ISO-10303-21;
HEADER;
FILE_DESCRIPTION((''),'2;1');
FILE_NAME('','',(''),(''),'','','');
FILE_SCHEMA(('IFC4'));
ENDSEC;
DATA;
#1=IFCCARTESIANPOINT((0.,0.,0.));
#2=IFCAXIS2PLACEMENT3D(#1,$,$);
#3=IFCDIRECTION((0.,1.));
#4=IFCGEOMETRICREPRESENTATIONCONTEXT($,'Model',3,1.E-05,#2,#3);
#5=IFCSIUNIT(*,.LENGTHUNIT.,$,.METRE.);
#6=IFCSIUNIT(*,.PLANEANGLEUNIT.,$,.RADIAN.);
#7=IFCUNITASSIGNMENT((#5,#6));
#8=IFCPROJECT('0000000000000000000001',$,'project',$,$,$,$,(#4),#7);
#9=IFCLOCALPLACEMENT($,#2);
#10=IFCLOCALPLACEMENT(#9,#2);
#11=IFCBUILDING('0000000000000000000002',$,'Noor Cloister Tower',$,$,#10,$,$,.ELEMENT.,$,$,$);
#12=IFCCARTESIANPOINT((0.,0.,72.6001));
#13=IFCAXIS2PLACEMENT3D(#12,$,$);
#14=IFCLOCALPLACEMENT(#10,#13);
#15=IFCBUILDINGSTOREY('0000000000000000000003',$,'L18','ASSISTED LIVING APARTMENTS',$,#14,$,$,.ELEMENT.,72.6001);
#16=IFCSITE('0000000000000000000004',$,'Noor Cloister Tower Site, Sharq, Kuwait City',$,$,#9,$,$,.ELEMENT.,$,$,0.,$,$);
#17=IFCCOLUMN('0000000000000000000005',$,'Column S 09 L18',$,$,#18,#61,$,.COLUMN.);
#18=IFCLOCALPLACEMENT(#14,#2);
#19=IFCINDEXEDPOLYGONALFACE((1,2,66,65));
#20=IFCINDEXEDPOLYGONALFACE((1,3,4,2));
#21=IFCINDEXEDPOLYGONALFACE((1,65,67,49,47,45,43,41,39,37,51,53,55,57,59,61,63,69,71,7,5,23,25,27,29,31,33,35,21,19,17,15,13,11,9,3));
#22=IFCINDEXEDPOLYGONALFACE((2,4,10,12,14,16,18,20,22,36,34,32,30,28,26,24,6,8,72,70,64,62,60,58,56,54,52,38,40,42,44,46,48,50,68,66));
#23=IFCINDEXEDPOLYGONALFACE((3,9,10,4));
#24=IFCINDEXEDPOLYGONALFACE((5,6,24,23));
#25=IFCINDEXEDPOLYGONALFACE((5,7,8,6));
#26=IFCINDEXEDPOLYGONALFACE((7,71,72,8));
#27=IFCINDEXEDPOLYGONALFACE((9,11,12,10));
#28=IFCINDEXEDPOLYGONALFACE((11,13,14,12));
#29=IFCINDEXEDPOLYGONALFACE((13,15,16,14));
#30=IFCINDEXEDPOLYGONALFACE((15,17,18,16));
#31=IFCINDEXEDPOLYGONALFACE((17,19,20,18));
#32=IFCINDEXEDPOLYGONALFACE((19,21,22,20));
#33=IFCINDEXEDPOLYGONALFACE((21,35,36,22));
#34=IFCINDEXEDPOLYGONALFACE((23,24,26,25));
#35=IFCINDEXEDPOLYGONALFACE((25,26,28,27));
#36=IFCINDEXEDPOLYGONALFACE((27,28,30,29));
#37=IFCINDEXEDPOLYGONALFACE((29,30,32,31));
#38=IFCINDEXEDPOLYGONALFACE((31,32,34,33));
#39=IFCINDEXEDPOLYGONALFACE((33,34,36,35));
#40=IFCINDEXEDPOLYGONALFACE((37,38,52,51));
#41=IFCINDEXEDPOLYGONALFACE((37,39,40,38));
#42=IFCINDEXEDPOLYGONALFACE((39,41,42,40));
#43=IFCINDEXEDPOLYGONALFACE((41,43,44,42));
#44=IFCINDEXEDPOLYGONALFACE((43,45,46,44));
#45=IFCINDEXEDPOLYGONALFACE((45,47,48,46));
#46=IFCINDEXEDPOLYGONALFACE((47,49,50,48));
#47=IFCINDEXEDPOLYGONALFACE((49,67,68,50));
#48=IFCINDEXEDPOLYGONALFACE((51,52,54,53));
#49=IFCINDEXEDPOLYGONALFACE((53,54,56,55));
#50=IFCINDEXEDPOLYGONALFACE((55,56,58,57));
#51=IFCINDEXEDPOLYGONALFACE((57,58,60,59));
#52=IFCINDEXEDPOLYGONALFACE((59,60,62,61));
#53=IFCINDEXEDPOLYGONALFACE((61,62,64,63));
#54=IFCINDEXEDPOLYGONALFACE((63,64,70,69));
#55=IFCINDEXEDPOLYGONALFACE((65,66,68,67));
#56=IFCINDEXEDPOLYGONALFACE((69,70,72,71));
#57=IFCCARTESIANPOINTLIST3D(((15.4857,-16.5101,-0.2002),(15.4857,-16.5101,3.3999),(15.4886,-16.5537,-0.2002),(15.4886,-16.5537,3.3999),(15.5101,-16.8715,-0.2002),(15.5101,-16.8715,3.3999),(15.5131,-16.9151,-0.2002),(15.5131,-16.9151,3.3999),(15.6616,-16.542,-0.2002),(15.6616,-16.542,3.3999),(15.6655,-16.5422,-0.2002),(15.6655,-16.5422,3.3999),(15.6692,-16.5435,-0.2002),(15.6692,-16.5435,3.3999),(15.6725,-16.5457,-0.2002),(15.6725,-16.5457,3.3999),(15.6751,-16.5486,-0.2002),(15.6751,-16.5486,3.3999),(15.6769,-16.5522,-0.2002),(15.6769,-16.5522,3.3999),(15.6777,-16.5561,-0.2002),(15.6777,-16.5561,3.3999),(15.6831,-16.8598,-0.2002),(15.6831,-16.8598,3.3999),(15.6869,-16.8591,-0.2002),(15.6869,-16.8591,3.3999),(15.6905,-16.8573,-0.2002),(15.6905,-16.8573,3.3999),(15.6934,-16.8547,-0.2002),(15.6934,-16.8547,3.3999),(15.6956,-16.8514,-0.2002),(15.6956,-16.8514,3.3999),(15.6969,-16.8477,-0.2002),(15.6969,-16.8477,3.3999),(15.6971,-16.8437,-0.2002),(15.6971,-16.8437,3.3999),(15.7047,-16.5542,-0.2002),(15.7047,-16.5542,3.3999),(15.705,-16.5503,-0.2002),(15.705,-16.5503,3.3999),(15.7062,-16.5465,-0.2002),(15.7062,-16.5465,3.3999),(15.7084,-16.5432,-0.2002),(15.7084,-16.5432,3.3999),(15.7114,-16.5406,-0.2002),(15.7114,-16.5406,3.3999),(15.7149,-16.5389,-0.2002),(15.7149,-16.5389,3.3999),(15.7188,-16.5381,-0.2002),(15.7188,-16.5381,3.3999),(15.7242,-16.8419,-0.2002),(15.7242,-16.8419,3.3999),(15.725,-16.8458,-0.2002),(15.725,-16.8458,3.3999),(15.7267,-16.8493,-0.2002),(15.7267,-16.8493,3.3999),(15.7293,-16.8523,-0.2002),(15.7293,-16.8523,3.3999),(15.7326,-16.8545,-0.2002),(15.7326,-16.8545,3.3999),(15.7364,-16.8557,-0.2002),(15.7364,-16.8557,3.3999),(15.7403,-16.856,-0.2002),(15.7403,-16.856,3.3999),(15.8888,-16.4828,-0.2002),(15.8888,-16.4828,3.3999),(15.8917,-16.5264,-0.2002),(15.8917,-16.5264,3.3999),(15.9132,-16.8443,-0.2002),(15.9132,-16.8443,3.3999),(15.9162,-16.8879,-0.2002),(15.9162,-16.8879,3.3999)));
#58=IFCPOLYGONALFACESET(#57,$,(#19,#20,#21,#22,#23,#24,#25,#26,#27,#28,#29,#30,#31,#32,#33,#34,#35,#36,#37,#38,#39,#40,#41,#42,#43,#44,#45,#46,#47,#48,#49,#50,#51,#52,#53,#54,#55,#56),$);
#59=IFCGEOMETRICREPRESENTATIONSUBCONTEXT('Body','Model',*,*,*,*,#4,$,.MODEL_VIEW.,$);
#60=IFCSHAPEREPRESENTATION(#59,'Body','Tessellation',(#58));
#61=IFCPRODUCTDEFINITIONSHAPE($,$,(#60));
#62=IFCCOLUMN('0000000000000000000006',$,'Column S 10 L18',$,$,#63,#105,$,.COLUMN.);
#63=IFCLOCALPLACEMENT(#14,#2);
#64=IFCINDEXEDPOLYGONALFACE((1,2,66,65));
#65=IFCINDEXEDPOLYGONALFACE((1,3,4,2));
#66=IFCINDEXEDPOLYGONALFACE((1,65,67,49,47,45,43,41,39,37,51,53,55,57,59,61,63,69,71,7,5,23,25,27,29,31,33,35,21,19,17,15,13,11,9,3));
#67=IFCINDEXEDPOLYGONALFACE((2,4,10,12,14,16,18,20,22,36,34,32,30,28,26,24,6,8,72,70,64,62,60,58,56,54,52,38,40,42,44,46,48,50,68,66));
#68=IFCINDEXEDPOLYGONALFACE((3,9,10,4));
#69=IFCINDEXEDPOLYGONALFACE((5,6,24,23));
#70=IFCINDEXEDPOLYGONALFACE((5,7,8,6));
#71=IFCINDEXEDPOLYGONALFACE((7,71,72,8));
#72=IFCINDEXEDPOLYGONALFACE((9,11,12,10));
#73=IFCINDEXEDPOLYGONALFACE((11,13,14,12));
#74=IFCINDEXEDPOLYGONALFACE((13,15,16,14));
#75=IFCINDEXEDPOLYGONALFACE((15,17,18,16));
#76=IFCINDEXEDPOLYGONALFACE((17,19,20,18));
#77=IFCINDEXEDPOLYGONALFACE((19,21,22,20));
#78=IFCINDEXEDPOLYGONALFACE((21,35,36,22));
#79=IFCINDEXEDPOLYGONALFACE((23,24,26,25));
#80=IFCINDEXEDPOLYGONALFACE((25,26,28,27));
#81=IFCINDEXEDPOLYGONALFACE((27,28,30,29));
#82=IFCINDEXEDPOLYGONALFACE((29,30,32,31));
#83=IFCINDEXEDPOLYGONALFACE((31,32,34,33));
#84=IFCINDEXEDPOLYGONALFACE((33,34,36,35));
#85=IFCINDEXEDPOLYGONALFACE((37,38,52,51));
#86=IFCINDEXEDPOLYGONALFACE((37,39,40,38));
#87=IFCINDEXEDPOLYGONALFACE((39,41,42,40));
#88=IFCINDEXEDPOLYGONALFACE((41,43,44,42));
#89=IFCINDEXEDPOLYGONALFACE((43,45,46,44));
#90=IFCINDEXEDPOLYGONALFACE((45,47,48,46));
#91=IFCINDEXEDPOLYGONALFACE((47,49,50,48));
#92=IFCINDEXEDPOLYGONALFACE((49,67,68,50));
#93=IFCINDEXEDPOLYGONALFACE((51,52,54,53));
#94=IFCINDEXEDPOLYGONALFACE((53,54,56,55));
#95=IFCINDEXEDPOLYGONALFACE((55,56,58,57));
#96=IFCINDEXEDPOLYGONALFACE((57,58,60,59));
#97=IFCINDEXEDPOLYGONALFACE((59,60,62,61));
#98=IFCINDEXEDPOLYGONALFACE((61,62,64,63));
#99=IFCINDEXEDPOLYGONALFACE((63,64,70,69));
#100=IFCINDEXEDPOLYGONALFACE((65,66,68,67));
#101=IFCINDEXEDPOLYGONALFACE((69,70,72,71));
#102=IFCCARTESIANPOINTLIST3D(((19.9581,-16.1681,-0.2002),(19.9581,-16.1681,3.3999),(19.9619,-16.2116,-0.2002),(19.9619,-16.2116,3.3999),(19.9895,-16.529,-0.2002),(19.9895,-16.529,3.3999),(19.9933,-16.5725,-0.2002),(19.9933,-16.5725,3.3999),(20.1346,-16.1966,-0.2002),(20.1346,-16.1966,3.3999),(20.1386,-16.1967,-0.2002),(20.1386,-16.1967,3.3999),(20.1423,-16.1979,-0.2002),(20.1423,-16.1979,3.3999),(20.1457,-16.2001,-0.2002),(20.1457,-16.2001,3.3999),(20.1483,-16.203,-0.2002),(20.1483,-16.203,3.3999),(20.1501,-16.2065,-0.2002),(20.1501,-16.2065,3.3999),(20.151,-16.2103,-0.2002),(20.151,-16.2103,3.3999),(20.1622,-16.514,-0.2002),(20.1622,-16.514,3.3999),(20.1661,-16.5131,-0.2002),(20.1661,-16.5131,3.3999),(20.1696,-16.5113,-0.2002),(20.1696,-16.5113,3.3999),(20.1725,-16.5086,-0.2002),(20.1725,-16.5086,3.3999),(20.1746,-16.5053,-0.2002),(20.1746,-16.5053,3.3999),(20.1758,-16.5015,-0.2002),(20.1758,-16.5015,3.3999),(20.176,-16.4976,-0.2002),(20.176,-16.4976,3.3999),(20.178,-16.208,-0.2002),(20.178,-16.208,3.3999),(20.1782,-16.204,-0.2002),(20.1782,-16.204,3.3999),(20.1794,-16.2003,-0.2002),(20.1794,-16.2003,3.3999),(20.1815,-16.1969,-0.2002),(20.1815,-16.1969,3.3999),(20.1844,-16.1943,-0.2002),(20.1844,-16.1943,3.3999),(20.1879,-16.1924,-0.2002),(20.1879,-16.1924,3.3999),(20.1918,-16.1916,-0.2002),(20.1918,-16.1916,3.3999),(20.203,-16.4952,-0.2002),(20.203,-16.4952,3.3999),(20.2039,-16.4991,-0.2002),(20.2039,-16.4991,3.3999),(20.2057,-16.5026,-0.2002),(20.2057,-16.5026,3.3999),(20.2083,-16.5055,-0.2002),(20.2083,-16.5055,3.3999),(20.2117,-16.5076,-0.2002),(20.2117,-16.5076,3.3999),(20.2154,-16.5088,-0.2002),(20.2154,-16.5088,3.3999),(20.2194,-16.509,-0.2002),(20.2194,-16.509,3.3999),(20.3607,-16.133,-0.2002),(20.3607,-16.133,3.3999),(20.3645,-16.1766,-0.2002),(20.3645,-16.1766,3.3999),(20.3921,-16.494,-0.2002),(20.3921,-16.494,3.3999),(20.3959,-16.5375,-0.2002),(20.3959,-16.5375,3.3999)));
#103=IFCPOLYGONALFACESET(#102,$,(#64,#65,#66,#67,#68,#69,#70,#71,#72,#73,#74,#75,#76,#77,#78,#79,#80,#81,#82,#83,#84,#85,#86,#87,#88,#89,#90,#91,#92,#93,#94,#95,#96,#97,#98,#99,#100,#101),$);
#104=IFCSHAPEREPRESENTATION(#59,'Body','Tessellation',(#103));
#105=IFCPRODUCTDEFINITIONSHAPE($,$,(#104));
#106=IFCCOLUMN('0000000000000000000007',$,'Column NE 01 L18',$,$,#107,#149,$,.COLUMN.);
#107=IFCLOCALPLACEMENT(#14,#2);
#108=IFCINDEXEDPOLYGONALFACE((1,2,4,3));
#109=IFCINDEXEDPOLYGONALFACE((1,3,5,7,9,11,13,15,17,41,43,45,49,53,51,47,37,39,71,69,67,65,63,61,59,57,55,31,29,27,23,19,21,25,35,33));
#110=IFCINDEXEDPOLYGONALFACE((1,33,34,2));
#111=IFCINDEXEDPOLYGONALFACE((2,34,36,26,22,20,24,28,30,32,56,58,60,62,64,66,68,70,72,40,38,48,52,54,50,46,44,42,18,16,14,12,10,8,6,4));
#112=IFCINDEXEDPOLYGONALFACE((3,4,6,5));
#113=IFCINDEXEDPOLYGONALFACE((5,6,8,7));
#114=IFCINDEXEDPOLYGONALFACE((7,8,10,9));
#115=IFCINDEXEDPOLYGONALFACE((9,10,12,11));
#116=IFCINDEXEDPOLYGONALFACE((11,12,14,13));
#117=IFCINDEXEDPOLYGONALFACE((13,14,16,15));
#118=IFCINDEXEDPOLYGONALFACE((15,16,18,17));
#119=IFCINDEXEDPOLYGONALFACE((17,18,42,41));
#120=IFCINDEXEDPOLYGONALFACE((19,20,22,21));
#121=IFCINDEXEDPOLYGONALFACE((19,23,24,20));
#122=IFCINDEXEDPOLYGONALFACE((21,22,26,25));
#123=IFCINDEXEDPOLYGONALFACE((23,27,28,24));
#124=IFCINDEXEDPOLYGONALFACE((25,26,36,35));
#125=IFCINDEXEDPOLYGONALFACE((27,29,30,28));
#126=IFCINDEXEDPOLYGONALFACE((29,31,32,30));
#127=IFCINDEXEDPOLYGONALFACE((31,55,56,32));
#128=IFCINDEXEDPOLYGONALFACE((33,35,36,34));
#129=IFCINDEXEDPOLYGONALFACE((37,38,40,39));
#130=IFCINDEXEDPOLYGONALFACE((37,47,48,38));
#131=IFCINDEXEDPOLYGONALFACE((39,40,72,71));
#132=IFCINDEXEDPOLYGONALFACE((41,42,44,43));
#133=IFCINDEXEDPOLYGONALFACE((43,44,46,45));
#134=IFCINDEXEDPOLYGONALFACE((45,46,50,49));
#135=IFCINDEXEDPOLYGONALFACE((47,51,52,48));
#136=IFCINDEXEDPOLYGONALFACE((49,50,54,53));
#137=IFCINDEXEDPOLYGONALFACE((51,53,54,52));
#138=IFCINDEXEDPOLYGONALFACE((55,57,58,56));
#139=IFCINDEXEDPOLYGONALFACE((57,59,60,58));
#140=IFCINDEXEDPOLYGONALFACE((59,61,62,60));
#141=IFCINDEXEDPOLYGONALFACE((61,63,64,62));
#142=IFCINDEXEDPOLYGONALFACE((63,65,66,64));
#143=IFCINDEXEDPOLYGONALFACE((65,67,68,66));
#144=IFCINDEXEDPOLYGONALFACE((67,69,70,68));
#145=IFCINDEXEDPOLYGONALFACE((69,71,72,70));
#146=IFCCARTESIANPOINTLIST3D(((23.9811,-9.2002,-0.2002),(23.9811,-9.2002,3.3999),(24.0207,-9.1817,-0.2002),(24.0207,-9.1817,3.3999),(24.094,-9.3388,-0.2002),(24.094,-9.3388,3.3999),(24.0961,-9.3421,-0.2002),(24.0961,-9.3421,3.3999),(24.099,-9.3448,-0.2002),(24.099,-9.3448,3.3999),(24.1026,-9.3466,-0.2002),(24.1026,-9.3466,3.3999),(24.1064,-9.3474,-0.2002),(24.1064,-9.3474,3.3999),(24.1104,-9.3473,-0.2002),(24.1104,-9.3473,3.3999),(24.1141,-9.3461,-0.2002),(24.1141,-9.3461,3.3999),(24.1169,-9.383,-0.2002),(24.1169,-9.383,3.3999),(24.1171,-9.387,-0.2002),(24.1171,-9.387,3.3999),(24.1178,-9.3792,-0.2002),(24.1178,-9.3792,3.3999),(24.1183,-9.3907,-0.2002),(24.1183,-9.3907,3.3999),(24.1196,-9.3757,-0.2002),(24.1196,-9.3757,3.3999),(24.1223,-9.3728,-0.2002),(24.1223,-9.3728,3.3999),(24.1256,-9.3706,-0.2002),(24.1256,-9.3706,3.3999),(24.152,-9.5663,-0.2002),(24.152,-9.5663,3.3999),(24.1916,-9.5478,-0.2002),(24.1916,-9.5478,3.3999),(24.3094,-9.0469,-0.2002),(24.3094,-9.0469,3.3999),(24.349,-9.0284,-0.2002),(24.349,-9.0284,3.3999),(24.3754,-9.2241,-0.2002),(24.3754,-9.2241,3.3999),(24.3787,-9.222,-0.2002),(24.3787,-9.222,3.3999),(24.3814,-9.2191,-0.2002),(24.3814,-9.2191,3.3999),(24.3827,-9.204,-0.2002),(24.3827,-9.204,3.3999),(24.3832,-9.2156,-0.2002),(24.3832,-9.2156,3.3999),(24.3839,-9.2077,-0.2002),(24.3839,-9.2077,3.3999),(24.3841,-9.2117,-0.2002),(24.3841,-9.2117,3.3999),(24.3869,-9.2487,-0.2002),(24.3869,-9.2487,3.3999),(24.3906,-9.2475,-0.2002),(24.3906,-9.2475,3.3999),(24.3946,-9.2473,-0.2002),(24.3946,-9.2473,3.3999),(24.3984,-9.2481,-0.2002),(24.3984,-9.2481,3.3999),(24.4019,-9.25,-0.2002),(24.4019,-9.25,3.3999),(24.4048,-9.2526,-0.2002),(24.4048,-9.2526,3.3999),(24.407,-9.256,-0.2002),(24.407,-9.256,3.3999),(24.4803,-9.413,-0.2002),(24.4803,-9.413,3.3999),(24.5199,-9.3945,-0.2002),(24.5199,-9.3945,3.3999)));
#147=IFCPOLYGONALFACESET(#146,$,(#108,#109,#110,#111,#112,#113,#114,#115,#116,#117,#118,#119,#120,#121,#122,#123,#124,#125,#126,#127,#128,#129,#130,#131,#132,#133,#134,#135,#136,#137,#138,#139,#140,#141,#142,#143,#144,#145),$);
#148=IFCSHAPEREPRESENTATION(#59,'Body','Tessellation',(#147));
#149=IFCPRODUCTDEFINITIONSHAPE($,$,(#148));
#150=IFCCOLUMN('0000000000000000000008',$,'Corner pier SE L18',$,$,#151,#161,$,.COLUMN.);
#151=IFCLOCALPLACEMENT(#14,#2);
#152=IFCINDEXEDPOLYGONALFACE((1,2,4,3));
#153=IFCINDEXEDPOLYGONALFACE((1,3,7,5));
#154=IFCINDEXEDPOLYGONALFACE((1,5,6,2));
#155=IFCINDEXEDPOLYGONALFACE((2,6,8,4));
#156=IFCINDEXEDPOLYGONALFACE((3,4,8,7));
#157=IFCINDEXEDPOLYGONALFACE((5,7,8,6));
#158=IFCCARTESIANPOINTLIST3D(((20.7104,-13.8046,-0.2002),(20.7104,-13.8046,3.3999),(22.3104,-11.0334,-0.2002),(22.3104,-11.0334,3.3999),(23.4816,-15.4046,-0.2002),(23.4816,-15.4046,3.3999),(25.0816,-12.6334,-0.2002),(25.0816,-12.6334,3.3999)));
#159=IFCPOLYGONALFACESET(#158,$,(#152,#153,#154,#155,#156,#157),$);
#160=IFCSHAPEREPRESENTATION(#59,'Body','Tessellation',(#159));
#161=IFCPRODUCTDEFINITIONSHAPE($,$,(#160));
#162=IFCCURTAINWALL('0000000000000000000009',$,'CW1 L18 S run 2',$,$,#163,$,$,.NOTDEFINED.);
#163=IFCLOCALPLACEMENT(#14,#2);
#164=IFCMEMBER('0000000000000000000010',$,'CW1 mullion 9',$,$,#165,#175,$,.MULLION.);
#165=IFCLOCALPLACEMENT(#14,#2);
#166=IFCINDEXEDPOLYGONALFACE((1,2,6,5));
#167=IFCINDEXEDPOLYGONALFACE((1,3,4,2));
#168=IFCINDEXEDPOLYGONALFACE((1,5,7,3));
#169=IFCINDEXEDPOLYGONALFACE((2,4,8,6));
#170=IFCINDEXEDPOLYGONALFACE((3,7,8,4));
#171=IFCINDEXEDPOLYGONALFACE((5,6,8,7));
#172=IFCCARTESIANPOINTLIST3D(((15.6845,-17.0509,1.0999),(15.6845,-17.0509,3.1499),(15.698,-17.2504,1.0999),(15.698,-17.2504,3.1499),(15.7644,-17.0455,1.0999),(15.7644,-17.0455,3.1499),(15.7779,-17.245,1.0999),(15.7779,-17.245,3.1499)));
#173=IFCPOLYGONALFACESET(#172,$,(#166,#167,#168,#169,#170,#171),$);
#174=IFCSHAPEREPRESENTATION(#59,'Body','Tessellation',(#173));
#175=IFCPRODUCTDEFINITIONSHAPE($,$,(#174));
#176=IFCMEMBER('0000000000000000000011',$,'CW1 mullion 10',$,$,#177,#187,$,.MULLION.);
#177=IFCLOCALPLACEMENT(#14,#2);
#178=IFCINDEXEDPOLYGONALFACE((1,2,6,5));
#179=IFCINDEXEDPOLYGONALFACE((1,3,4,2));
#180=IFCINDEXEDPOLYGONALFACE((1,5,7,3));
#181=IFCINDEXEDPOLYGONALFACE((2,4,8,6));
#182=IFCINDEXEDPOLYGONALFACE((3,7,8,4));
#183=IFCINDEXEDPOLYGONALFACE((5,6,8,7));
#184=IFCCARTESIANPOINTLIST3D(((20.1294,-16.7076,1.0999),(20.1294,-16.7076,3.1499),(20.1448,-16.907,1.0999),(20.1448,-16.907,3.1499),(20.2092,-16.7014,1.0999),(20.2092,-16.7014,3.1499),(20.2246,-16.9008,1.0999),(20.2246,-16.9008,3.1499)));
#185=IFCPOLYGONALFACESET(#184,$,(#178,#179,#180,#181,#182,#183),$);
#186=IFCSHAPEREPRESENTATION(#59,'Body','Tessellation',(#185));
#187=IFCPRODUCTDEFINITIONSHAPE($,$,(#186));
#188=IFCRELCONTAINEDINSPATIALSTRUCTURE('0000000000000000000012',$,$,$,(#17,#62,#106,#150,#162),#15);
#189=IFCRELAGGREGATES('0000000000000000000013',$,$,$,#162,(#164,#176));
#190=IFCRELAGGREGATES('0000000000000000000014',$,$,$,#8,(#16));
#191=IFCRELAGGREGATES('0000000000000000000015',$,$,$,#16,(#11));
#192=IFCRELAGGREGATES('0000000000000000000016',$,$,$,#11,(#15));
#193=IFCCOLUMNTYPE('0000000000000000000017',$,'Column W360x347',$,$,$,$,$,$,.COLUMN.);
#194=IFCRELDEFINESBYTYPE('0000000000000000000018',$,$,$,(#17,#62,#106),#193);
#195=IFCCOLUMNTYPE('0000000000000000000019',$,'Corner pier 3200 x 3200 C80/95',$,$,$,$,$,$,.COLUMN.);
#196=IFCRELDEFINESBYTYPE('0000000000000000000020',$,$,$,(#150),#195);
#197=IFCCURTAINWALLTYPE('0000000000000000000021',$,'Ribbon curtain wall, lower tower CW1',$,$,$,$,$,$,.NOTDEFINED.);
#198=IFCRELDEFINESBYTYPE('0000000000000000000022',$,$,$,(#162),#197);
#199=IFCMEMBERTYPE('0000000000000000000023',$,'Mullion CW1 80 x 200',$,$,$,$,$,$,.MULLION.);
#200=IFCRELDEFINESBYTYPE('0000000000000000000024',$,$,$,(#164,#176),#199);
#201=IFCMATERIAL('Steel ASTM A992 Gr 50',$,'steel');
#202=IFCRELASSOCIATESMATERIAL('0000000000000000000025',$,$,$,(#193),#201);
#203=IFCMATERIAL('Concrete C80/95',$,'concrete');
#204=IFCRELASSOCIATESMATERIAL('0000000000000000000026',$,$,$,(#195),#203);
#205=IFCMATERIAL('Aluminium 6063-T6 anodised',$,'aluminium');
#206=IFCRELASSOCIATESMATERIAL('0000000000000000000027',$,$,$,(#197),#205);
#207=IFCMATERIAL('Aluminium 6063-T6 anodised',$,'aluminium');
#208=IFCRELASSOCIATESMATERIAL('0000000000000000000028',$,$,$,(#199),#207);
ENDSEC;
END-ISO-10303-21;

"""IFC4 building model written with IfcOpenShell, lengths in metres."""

from ifc_helpers import new_model, si_unit, direction, frame, origin, origin_2d, place, context, subcontext, project, spatial, rectangle, i_section, extrude, material, material_profile, profile_set, type_object, element, aggregate, save


model = new_model("IFC4")

# Units and contexts
model_context = context("Model", 3, precision=1e-05, world=origin(), true_north=direction((0.0, 1.0)))
body_context = subcontext(model_context, "Body", "Model", "MODEL_VIEW")
ifc_project = project(units=[si_unit("LENGTHUNIT", "METRE"), si_unit("PLANEANGLEUNIT", "RADIAN")], contexts=[model_context])

# Site, building, storey
site_placement = place(None, origin())
site = spatial("IfcSite", under=ifc_project, at=site_placement, Name="Noor Cloister Tower Site, Sharq, Kuwait City", CompositionType="ELEMENT", RefElevation=0.0)
building_placement = place(site_placement, origin())
building = spatial("IfcBuilding", under=site, at=building_placement, Name="Noor Cloister Tower", CompositionType="ELEMENT")
storey_placement = place(building_placement, frame((0.0, 0.0, 72.6001)))
storey = spatial("IfcBuildingStorey", under=building, at=storey_placement, Name="L18", Description="ASSISTED LIVING APARTMENTS", CompositionType="ELEMENT", Elevation=72.6001)

# Columns
ifc_material_1 = material(Name="Steel ASTM A992 Gr 50", Category="steel")
ifc_material_profile_1 = material_profile(ifc_material_1, i_section(OverallWidth=0.4041, OverallDepth=0.406, WebThickness=0.0271, FlangeThickness=0.0437, FilletRadius=0.0151, at=origin_2d()), Name="W360x347")
ifc_profile_set_1 = profile_set([ifc_material_profile_1], Name="Steel ASTM A992 Gr 50")
column_type_1 = type_object("IfcColumnType", Name="Column W360x347", PredefinedType="COLUMN", material=ifc_profile_set_1)
for number, where, z_axis, x_axis, name in (
    (1, (15.7009, -16.699, -0.2002), (0.0, 0.0, 1.0), (0.997721, 0.067472, 0.0), "Column S 09 L18"),
    (2, (20.177, -16.3528, -0.2002), (0.0, 0.0, 1.0), (0.996234, 0.086706, 0.0), "Column S 10 L18"),
    (3, (24.2505, -9.2974, -0.2002), (0.0, 0.0, 1.0), (-0.423027, 0.906117, 0.0), "Column NE 01 L18"),
):
    element("IfcColumn", number, at=place(storey_placement, frame(where, z_axis=z_axis, x_axis=x_axis)), inside=storey, type_object=column_type_1, Name=name, PredefinedType="COLUMN", context=body_context, shape_type="SweptSolid", body=[
        extrude(i_section(OverallWidth=0.4041, OverallDepth=0.406, WebThickness=0.0271, FlangeThickness=0.0437, FilletRadius=0.0151, at=origin_2d()), origin(), (0.0, 0.0, 1.0), 3.6001),
    ])
ifc_material_2 = material(Name="Concrete C80/95", Category="concrete")
ifc_material_profile_2 = material_profile(ifc_material_2, rectangle(XDim=3.2, YDim=3.2, at=origin_2d()), Name="RC 3200x3200")
ifc_profile_set_2 = profile_set([ifc_material_profile_2], Name="Concrete C80/95")
column_type_2 = type_object("IfcColumnType", Name="Corner pier 3200 x 3200 C80/95", PredefinedType="COLUMN", material=ifc_profile_set_2)
column_placement = place(storey_placement, frame((22.896, -13.219, -0.2002), z_axis=(0.0, 0.0, 1.0), x_axis=(0.866025, -0.5, 0.0)))
element("IfcColumn", 4, at=column_placement, inside=storey, type_object=column_type_2, Name="Corner pier SE L18", PredefinedType="COLUMN", context=body_context, shape_type="SweptSolid", body=[
    extrude(rectangle(XDim=3.2, YDim=3.2, at=origin_2d()), origin(), (0.0, 0.0, 1.0), 3.6001),
])

# Curtain wall, members
ifc_material_3 = material(Name="Aluminium 6063-T6 anodised", Category="aluminium")
curtain_wall_type = type_object("IfcCurtainWallType", Name="Ribbon curtain wall, lower tower CW1", PredefinedType="NOTDEFINED", material=ifc_material_3)
curtain_wall_placement = place(storey_placement, origin())
curtain_wall = element("IfcCurtainWall", 5, at=curtain_wall_placement, inside=storey, type_object=curtain_wall_type, Name="CW1 L18 S run 2", PredefinedType="NOTDEFINED")
ifc_material_4 = material(Name="Aluminium 6063-T6 anodised", Category="aluminium")
ifc_material_profile_3 = material_profile(ifc_material_4, rectangle(XDim=0.2, YDim=0.0801, at=origin_2d()), Name="200 x 80 mullion")
ifc_profile_set_3 = profile_set([ifc_material_profile_3], Name="Aluminium 6063-T6 anodised")
member_type = type_object("IfcMemberType", Name="Mullion CW1 80 x 200", PredefinedType="MULLION", material=ifc_profile_set_3)
member_1_placement = place(storey_placement, frame((15.7312, -17.1479, 1.0999), z_axis=(0.0, 0.0, 1.0), x_axis=(-0.067472, 0.997721, 0.0)))
member_1 = element("IfcMember", 6, at=member_1_placement, type_object=member_type, Name="CW1 mullion 9", PredefinedType="MULLION", context=body_context, shape_type="SweptSolid", body=[
    extrude(rectangle(XDim=0.2, YDim=0.0801, at=origin_2d()), origin(), (0.0, 0.0, 1.0), 2.05),
])
member_2_placement = place(storey_placement, frame((20.177, -16.8042, 1.0999), z_axis=(0.0, 0.0, 1.0), x_axis=(-0.077093, 0.997024, 0.0)))
member_2 = element("IfcMember", 7, at=member_2_placement, type_object=member_type, Name="CW1 mullion 10", PredefinedType="MULLION", context=body_context, shape_type="SweptSolid", body=[
    extrude(rectangle(XDim=0.2, YDim=0.0801, at=origin_2d()), origin(), (0.0, 0.0, 1.0), 2.05),
])

aggregate(curtain_wall, [member_1, member_2])

save(model, "model.ifc")
